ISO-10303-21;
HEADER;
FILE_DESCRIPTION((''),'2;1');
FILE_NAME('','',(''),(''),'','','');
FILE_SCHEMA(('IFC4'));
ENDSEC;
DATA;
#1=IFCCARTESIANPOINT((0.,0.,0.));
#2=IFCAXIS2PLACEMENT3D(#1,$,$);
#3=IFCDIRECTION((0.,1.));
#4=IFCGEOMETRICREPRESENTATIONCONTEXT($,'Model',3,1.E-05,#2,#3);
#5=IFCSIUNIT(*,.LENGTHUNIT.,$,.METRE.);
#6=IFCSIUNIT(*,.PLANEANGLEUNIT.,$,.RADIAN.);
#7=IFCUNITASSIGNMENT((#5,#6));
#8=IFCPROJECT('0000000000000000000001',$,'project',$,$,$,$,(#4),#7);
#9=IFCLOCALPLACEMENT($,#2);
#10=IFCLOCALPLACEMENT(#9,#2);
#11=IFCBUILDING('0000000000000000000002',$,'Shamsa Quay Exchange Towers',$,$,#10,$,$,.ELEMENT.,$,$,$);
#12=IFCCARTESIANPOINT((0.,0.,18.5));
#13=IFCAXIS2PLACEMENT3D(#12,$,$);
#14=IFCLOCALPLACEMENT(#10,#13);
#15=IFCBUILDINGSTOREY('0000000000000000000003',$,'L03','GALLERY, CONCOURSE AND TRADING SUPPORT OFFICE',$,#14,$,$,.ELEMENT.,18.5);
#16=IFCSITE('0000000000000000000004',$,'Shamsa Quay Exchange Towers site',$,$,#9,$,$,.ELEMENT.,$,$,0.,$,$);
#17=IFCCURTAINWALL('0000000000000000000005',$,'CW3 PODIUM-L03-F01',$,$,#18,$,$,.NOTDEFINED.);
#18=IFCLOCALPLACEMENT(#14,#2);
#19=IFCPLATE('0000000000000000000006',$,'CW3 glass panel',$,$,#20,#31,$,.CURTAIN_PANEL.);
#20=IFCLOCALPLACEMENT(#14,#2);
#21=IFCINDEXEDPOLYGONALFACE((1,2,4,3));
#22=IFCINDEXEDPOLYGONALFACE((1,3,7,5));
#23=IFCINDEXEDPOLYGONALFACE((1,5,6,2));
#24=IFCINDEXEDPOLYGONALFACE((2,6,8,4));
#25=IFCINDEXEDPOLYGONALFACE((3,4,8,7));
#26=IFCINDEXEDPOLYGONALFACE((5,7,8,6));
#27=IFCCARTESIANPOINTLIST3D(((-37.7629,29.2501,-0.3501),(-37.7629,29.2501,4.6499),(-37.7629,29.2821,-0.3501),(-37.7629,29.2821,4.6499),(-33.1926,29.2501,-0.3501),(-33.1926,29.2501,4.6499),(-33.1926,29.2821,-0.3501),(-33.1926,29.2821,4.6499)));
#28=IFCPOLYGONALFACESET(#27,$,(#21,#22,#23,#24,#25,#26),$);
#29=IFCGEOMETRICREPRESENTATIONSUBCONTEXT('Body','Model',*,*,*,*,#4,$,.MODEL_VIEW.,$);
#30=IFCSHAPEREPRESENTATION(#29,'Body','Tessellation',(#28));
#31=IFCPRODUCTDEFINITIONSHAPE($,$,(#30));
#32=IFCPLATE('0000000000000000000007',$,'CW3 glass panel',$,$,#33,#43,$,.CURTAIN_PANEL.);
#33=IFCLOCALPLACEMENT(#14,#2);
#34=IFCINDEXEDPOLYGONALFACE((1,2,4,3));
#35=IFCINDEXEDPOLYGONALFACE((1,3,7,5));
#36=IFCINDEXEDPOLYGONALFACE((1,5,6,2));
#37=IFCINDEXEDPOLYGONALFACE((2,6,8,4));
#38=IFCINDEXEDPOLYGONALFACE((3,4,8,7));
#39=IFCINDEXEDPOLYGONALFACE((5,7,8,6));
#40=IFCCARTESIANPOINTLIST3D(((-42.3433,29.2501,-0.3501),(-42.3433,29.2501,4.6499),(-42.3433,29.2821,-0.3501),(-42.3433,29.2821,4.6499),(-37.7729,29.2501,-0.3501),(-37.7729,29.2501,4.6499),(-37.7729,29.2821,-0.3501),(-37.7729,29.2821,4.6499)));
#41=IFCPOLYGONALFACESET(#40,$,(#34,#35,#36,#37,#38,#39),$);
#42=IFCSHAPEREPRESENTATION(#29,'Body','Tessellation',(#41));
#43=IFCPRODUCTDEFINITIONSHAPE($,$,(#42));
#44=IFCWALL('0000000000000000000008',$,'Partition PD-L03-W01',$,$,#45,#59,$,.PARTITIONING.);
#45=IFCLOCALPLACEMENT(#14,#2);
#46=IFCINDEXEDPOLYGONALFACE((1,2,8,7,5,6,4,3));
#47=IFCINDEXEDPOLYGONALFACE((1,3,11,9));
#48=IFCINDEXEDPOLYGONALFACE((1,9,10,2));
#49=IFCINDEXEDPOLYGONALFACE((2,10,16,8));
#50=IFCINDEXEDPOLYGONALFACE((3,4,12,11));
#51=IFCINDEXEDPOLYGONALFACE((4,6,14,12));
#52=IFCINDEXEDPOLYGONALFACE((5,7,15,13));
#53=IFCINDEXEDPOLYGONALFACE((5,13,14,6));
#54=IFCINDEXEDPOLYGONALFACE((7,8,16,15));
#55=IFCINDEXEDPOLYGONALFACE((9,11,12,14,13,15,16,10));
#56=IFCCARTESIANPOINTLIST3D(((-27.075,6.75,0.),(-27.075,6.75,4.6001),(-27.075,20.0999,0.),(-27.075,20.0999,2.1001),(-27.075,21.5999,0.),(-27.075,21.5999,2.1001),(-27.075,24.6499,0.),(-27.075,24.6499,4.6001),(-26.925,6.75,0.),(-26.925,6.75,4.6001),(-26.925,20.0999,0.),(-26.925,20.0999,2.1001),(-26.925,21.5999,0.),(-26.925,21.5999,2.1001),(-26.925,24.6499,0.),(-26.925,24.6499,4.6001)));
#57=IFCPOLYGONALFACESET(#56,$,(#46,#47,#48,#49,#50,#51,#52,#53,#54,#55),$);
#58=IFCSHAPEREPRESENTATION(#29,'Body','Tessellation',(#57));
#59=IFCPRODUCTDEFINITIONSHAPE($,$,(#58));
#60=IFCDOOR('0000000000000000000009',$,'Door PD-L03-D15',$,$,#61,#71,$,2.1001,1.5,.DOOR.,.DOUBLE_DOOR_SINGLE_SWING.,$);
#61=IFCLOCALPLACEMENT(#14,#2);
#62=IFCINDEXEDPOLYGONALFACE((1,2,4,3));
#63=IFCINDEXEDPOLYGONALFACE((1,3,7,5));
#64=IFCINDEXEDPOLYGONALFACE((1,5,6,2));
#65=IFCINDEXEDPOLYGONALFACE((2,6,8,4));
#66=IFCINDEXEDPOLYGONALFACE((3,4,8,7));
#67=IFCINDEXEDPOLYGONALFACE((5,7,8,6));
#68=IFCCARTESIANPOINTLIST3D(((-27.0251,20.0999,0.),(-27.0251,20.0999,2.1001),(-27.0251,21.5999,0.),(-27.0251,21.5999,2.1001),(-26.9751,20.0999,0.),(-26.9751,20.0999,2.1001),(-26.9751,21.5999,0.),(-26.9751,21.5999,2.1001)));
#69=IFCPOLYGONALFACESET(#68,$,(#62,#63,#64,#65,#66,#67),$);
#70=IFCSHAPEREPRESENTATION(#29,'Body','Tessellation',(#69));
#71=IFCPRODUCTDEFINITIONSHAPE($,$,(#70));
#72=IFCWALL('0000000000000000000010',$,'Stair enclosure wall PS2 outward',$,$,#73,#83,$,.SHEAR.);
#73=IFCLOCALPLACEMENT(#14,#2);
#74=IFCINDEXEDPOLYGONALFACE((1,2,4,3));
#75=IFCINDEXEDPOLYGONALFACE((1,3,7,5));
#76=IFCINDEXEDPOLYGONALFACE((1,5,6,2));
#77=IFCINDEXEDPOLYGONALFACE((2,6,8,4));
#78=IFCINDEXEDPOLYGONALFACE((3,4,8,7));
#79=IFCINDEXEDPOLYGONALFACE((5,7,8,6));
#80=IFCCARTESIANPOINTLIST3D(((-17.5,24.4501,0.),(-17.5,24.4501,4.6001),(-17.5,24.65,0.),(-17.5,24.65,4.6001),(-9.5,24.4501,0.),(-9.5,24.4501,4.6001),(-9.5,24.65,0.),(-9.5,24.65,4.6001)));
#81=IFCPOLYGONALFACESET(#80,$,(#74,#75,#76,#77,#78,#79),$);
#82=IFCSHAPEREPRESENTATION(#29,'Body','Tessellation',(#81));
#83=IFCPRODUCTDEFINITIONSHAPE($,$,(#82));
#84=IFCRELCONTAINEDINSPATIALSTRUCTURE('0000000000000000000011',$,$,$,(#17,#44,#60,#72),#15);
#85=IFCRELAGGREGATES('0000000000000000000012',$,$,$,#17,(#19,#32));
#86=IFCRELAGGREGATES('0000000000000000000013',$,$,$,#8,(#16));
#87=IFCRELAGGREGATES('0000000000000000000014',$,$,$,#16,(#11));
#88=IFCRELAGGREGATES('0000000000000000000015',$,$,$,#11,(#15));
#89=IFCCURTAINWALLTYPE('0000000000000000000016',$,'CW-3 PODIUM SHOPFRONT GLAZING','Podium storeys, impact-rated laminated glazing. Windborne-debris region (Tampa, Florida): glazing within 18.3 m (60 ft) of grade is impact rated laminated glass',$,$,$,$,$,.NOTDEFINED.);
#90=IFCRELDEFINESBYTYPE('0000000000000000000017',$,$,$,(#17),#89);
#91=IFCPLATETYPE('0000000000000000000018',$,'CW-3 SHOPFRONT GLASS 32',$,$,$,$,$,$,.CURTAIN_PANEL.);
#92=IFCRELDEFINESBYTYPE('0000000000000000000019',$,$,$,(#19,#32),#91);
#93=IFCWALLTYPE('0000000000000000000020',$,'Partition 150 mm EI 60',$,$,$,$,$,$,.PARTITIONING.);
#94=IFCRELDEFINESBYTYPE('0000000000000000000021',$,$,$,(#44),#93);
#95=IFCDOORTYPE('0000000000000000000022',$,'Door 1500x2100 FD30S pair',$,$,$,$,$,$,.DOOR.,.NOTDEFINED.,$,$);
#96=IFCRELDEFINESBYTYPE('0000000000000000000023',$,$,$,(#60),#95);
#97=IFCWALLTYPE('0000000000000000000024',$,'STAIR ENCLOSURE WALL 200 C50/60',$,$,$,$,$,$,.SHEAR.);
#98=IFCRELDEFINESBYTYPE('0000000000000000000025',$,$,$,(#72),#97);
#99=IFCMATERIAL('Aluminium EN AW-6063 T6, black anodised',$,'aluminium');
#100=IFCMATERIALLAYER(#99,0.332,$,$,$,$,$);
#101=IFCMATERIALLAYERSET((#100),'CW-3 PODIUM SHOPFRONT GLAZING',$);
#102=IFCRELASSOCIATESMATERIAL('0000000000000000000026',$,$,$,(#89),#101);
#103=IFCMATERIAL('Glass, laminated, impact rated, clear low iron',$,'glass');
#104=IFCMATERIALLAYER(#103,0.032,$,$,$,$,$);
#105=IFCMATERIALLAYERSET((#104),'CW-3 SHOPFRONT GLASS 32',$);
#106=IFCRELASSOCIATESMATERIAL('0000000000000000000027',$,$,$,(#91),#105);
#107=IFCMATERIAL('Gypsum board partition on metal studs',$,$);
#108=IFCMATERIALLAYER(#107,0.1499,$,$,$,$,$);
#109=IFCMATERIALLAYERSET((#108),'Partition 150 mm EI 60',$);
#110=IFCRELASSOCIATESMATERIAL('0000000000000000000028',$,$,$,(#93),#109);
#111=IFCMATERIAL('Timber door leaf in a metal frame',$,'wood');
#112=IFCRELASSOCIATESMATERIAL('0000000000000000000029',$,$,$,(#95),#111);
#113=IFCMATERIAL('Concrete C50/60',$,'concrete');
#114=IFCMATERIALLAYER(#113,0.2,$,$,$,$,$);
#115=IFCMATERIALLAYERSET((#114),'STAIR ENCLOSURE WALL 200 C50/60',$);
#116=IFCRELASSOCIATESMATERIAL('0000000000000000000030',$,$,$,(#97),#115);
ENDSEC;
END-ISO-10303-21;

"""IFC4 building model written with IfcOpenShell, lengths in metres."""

from ifc_helpers import new_model, si_unit, direction, frame, frame_2d, origin, origin_2d, place, context, subcontext, project, spatial, rectangle, extrude, material, layer, layer_set, type_object, element, fill, aggregate, save


model = new_model("IFC4")

# Units and contexts
model_context = context("Model", 3, precision=1e-05, world=origin(), true_north=direction((0.0, 1.0)))
body_context = subcontext(model_context, "Body", "Model", "MODEL_VIEW")
ifc_project = project(units=[si_unit("LENGTHUNIT", "METRE"), si_unit("PLANEANGLEUNIT", "RADIAN")], contexts=[model_context])

# Site, building, storey
site_placement = place(None, origin())
site = spatial("IfcSite", under=ifc_project, at=site_placement, Name="Shamsa Quay Exchange Towers site", CompositionType="ELEMENT", RefElevation=0.0)
building_placement = place(site_placement, origin())
building = spatial("IfcBuilding", under=site, at=building_placement, Name="Shamsa Quay Exchange Towers", CompositionType="ELEMENT")
storey_placement = place(building_placement, frame((0.0, 0.0, 18.5)))
storey = spatial("IfcBuildingStorey", under=building, at=storey_placement, Name="L03", Description="GALLERY, CONCOURSE AND TRADING SUPPORT OFFICE", CompositionType="ELEMENT", Elevation=18.5)

# Curtain wall, plates
ifc_material_1 = material(Name="Aluminium EN AW-6063 T6, black anodised", Category="aluminium")
ifc_layer_1 = layer(ifc_material_1, 0.332)
ifc_layer_set_1 = layer_set([ifc_layer_1], Name="CW-3 PODIUM SHOPFRONT GLAZING")
curtain_wall_type = type_object("IfcCurtainWallType", Name="CW-3 PODIUM SHOPFRONT GLAZING", Description="Podium storeys, impact-rated laminated glazing. Windborne-debris region (Tampa, Florida): glazing within 18.3 m (60 ft) of grade is impact rated laminated glass", PredefinedType="NOTDEFINED", material=ifc_layer_set_1)
curtain_wall_placement = place(storey_placement, origin())
curtain_wall = element("IfcCurtainWall", 1, at=curtain_wall_placement, inside=storey, type_object=curtain_wall_type, Name="CW3 PODIUM-L03-F01", PredefinedType="NOTDEFINED")
ifc_material_2 = material(Name="Glass, laminated, impact rated, clear low iron", Category="glass")
ifc_layer_2 = layer(ifc_material_2, 0.032)
ifc_layer_set_2 = layer_set([ifc_layer_2], Name="CW-3 SHOPFRONT GLASS 32")
plate_type = type_object("IfcPlateType", Name="CW-3 SHOPFRONT GLASS 32", PredefinedType="CURTAIN_PANEL", material=ifc_layer_set_2)
plate_1_placement = place(storey_placement, frame((-35.4778, 29.2661, -0.3501), z_axis=(0.0, 0.0, 1.0), x_axis=(-1.0, 0.0, 0.0)))
plate_1 = element("IfcPlate", 2, at=plate_1_placement, type_object=plate_type, Name="CW3 glass panel", PredefinedType="CURTAIN_PANEL", context=body_context, shape_type="SweptSolid", body=[
    extrude(rectangle(XDim=4.5703, YDim=0.032, at=origin_2d()), origin(), (0.0, 0.0, 1.0), 5.0),
])
plate_2_placement = place(storey_placement, frame((-40.0581, 29.2661, -0.3501), z_axis=(0.0, 0.0, 1.0), x_axis=(-1.0, 0.0, 0.0)))
plate_2 = element("IfcPlate", 3, at=plate_2_placement, type_object=plate_type, Name="CW3 glass panel", PredefinedType="CURTAIN_PANEL", context=body_context, shape_type="SweptSolid", body=[
    extrude(rectangle(XDim=4.5703, YDim=0.032, at=origin_2d()), origin(), (0.0, 0.0, 1.0), 5.0),
])
aggregate(curtain_wall, [plate_1, plate_2])

# Wall, opening, door
ifc_material_3 = material(Name="Gypsum board partition on metal studs")
ifc_layer_3 = layer(ifc_material_3, 0.1499)
ifc_layer_set_3 = layer_set([ifc_layer_3], Name="Partition 150 mm EI 60")
wall_type_1 = type_object("IfcWallType", Name="Partition 150 mm EI 60", PredefinedType="PARTITIONING", material=ifc_layer_set_3)
wall_1_placement = place(storey_placement, frame((-27.0, 24.6499, 0.0), z_axis=(0.0, 0.0, 1.0), x_axis=(0.0, -1.0, 0.0)))
wall_1 = element("IfcWall", 4, at=wall_1_placement, inside=storey, type_object=wall_type_1, Name="Partition PD-L03-W01", PredefinedType="PARTITIONING", context=body_context, shape_type="SweptSolid", body=[
    extrude(rectangle(XDim=17.8999, YDim=0.1499, at=frame_2d((8.95, 0.0))), origin(), (0.0, 0.0, 1.0), 4.6001),
])
opening_1_placement = place(wall_1_placement, frame((3.05, 0.0, 0.0)))
opening_1 = element("IfcOpeningElement", 5, at=opening_1_placement, cuts=wall_1, PredefinedType="OPENING", context=body_context, shape_type="SweptSolid", body=[
    extrude(rectangle(XDim=1.5, YDim=2.1001, at=frame_2d((0.75, 1.05))), frame((0.0, 0.085, 0.0), z_axis=(0.0, -1.0, 0.0), x_axis=(1.0, 0.0, 0.0)), (0.0, 0.0, 1.0), 0.1699),
])
ifc_material_4 = material(Name="Timber door leaf in a metal frame", Category="wood")
door_type_1 = type_object("IfcDoorType", Name="Door 1500x2100 FD30S pair", OperationType="NOTDEFINED", PredefinedType="DOOR", material=ifc_material_4)
door_1_placement = place(opening_1_placement, origin())
door_1 = element("IfcDoor", 6, at=door_1_placement, inside=storey, type_object=door_type_1, Name="Door PD-L03-D15", OperationType="DOUBLE_DOOR_SINGLE_SWING", OverallHeight=2.1001, OverallWidth=1.5, PredefinedType="DOOR", context=body_context, shape_type="SweptSolid", body=[
    extrude(rectangle(XDim=1.5, YDim=2.1001, at=frame_2d((0.75, 1.05))), frame((0.0, 0.0249, 0.0), z_axis=(0.0, -1.0, 0.0), x_axis=(1.0, 0.0, 0.0)), (0.0, 0.0, 1.0), 0.05),
])
fill(opening_1, door_1)

# Wall
ifc_material_5 = material(Name="Concrete C50/60", Category="concrete")
ifc_layer_4 = layer(ifc_material_5, 0.2)
ifc_layer_set_4 = layer_set([ifc_layer_4], Name="STAIR ENCLOSURE WALL 200 C50/60")
wall_type_2 = type_object("IfcWallType", Name="STAIR ENCLOSURE WALL 200 C50/60", PredefinedType="SHEAR", material=ifc_layer_set_4)
wall_2_placement = place(storey_placement, frame((-17.5, 24.55, 0.0)))
element("IfcWall", 7, at=wall_2_placement, inside=storey, type_object=wall_type_2, Name="Stair enclosure wall PS2 outward", PredefinedType="SHEAR", context=body_context, shape_type="SweptSolid", body=[
    extrude(rectangle(XDim=8.0, YDim=0.2, at=frame_2d((4.0, 0.0))), origin(), (0.0, 0.0, 1.0), 4.6001),
])

save(model, "model.ifc")
